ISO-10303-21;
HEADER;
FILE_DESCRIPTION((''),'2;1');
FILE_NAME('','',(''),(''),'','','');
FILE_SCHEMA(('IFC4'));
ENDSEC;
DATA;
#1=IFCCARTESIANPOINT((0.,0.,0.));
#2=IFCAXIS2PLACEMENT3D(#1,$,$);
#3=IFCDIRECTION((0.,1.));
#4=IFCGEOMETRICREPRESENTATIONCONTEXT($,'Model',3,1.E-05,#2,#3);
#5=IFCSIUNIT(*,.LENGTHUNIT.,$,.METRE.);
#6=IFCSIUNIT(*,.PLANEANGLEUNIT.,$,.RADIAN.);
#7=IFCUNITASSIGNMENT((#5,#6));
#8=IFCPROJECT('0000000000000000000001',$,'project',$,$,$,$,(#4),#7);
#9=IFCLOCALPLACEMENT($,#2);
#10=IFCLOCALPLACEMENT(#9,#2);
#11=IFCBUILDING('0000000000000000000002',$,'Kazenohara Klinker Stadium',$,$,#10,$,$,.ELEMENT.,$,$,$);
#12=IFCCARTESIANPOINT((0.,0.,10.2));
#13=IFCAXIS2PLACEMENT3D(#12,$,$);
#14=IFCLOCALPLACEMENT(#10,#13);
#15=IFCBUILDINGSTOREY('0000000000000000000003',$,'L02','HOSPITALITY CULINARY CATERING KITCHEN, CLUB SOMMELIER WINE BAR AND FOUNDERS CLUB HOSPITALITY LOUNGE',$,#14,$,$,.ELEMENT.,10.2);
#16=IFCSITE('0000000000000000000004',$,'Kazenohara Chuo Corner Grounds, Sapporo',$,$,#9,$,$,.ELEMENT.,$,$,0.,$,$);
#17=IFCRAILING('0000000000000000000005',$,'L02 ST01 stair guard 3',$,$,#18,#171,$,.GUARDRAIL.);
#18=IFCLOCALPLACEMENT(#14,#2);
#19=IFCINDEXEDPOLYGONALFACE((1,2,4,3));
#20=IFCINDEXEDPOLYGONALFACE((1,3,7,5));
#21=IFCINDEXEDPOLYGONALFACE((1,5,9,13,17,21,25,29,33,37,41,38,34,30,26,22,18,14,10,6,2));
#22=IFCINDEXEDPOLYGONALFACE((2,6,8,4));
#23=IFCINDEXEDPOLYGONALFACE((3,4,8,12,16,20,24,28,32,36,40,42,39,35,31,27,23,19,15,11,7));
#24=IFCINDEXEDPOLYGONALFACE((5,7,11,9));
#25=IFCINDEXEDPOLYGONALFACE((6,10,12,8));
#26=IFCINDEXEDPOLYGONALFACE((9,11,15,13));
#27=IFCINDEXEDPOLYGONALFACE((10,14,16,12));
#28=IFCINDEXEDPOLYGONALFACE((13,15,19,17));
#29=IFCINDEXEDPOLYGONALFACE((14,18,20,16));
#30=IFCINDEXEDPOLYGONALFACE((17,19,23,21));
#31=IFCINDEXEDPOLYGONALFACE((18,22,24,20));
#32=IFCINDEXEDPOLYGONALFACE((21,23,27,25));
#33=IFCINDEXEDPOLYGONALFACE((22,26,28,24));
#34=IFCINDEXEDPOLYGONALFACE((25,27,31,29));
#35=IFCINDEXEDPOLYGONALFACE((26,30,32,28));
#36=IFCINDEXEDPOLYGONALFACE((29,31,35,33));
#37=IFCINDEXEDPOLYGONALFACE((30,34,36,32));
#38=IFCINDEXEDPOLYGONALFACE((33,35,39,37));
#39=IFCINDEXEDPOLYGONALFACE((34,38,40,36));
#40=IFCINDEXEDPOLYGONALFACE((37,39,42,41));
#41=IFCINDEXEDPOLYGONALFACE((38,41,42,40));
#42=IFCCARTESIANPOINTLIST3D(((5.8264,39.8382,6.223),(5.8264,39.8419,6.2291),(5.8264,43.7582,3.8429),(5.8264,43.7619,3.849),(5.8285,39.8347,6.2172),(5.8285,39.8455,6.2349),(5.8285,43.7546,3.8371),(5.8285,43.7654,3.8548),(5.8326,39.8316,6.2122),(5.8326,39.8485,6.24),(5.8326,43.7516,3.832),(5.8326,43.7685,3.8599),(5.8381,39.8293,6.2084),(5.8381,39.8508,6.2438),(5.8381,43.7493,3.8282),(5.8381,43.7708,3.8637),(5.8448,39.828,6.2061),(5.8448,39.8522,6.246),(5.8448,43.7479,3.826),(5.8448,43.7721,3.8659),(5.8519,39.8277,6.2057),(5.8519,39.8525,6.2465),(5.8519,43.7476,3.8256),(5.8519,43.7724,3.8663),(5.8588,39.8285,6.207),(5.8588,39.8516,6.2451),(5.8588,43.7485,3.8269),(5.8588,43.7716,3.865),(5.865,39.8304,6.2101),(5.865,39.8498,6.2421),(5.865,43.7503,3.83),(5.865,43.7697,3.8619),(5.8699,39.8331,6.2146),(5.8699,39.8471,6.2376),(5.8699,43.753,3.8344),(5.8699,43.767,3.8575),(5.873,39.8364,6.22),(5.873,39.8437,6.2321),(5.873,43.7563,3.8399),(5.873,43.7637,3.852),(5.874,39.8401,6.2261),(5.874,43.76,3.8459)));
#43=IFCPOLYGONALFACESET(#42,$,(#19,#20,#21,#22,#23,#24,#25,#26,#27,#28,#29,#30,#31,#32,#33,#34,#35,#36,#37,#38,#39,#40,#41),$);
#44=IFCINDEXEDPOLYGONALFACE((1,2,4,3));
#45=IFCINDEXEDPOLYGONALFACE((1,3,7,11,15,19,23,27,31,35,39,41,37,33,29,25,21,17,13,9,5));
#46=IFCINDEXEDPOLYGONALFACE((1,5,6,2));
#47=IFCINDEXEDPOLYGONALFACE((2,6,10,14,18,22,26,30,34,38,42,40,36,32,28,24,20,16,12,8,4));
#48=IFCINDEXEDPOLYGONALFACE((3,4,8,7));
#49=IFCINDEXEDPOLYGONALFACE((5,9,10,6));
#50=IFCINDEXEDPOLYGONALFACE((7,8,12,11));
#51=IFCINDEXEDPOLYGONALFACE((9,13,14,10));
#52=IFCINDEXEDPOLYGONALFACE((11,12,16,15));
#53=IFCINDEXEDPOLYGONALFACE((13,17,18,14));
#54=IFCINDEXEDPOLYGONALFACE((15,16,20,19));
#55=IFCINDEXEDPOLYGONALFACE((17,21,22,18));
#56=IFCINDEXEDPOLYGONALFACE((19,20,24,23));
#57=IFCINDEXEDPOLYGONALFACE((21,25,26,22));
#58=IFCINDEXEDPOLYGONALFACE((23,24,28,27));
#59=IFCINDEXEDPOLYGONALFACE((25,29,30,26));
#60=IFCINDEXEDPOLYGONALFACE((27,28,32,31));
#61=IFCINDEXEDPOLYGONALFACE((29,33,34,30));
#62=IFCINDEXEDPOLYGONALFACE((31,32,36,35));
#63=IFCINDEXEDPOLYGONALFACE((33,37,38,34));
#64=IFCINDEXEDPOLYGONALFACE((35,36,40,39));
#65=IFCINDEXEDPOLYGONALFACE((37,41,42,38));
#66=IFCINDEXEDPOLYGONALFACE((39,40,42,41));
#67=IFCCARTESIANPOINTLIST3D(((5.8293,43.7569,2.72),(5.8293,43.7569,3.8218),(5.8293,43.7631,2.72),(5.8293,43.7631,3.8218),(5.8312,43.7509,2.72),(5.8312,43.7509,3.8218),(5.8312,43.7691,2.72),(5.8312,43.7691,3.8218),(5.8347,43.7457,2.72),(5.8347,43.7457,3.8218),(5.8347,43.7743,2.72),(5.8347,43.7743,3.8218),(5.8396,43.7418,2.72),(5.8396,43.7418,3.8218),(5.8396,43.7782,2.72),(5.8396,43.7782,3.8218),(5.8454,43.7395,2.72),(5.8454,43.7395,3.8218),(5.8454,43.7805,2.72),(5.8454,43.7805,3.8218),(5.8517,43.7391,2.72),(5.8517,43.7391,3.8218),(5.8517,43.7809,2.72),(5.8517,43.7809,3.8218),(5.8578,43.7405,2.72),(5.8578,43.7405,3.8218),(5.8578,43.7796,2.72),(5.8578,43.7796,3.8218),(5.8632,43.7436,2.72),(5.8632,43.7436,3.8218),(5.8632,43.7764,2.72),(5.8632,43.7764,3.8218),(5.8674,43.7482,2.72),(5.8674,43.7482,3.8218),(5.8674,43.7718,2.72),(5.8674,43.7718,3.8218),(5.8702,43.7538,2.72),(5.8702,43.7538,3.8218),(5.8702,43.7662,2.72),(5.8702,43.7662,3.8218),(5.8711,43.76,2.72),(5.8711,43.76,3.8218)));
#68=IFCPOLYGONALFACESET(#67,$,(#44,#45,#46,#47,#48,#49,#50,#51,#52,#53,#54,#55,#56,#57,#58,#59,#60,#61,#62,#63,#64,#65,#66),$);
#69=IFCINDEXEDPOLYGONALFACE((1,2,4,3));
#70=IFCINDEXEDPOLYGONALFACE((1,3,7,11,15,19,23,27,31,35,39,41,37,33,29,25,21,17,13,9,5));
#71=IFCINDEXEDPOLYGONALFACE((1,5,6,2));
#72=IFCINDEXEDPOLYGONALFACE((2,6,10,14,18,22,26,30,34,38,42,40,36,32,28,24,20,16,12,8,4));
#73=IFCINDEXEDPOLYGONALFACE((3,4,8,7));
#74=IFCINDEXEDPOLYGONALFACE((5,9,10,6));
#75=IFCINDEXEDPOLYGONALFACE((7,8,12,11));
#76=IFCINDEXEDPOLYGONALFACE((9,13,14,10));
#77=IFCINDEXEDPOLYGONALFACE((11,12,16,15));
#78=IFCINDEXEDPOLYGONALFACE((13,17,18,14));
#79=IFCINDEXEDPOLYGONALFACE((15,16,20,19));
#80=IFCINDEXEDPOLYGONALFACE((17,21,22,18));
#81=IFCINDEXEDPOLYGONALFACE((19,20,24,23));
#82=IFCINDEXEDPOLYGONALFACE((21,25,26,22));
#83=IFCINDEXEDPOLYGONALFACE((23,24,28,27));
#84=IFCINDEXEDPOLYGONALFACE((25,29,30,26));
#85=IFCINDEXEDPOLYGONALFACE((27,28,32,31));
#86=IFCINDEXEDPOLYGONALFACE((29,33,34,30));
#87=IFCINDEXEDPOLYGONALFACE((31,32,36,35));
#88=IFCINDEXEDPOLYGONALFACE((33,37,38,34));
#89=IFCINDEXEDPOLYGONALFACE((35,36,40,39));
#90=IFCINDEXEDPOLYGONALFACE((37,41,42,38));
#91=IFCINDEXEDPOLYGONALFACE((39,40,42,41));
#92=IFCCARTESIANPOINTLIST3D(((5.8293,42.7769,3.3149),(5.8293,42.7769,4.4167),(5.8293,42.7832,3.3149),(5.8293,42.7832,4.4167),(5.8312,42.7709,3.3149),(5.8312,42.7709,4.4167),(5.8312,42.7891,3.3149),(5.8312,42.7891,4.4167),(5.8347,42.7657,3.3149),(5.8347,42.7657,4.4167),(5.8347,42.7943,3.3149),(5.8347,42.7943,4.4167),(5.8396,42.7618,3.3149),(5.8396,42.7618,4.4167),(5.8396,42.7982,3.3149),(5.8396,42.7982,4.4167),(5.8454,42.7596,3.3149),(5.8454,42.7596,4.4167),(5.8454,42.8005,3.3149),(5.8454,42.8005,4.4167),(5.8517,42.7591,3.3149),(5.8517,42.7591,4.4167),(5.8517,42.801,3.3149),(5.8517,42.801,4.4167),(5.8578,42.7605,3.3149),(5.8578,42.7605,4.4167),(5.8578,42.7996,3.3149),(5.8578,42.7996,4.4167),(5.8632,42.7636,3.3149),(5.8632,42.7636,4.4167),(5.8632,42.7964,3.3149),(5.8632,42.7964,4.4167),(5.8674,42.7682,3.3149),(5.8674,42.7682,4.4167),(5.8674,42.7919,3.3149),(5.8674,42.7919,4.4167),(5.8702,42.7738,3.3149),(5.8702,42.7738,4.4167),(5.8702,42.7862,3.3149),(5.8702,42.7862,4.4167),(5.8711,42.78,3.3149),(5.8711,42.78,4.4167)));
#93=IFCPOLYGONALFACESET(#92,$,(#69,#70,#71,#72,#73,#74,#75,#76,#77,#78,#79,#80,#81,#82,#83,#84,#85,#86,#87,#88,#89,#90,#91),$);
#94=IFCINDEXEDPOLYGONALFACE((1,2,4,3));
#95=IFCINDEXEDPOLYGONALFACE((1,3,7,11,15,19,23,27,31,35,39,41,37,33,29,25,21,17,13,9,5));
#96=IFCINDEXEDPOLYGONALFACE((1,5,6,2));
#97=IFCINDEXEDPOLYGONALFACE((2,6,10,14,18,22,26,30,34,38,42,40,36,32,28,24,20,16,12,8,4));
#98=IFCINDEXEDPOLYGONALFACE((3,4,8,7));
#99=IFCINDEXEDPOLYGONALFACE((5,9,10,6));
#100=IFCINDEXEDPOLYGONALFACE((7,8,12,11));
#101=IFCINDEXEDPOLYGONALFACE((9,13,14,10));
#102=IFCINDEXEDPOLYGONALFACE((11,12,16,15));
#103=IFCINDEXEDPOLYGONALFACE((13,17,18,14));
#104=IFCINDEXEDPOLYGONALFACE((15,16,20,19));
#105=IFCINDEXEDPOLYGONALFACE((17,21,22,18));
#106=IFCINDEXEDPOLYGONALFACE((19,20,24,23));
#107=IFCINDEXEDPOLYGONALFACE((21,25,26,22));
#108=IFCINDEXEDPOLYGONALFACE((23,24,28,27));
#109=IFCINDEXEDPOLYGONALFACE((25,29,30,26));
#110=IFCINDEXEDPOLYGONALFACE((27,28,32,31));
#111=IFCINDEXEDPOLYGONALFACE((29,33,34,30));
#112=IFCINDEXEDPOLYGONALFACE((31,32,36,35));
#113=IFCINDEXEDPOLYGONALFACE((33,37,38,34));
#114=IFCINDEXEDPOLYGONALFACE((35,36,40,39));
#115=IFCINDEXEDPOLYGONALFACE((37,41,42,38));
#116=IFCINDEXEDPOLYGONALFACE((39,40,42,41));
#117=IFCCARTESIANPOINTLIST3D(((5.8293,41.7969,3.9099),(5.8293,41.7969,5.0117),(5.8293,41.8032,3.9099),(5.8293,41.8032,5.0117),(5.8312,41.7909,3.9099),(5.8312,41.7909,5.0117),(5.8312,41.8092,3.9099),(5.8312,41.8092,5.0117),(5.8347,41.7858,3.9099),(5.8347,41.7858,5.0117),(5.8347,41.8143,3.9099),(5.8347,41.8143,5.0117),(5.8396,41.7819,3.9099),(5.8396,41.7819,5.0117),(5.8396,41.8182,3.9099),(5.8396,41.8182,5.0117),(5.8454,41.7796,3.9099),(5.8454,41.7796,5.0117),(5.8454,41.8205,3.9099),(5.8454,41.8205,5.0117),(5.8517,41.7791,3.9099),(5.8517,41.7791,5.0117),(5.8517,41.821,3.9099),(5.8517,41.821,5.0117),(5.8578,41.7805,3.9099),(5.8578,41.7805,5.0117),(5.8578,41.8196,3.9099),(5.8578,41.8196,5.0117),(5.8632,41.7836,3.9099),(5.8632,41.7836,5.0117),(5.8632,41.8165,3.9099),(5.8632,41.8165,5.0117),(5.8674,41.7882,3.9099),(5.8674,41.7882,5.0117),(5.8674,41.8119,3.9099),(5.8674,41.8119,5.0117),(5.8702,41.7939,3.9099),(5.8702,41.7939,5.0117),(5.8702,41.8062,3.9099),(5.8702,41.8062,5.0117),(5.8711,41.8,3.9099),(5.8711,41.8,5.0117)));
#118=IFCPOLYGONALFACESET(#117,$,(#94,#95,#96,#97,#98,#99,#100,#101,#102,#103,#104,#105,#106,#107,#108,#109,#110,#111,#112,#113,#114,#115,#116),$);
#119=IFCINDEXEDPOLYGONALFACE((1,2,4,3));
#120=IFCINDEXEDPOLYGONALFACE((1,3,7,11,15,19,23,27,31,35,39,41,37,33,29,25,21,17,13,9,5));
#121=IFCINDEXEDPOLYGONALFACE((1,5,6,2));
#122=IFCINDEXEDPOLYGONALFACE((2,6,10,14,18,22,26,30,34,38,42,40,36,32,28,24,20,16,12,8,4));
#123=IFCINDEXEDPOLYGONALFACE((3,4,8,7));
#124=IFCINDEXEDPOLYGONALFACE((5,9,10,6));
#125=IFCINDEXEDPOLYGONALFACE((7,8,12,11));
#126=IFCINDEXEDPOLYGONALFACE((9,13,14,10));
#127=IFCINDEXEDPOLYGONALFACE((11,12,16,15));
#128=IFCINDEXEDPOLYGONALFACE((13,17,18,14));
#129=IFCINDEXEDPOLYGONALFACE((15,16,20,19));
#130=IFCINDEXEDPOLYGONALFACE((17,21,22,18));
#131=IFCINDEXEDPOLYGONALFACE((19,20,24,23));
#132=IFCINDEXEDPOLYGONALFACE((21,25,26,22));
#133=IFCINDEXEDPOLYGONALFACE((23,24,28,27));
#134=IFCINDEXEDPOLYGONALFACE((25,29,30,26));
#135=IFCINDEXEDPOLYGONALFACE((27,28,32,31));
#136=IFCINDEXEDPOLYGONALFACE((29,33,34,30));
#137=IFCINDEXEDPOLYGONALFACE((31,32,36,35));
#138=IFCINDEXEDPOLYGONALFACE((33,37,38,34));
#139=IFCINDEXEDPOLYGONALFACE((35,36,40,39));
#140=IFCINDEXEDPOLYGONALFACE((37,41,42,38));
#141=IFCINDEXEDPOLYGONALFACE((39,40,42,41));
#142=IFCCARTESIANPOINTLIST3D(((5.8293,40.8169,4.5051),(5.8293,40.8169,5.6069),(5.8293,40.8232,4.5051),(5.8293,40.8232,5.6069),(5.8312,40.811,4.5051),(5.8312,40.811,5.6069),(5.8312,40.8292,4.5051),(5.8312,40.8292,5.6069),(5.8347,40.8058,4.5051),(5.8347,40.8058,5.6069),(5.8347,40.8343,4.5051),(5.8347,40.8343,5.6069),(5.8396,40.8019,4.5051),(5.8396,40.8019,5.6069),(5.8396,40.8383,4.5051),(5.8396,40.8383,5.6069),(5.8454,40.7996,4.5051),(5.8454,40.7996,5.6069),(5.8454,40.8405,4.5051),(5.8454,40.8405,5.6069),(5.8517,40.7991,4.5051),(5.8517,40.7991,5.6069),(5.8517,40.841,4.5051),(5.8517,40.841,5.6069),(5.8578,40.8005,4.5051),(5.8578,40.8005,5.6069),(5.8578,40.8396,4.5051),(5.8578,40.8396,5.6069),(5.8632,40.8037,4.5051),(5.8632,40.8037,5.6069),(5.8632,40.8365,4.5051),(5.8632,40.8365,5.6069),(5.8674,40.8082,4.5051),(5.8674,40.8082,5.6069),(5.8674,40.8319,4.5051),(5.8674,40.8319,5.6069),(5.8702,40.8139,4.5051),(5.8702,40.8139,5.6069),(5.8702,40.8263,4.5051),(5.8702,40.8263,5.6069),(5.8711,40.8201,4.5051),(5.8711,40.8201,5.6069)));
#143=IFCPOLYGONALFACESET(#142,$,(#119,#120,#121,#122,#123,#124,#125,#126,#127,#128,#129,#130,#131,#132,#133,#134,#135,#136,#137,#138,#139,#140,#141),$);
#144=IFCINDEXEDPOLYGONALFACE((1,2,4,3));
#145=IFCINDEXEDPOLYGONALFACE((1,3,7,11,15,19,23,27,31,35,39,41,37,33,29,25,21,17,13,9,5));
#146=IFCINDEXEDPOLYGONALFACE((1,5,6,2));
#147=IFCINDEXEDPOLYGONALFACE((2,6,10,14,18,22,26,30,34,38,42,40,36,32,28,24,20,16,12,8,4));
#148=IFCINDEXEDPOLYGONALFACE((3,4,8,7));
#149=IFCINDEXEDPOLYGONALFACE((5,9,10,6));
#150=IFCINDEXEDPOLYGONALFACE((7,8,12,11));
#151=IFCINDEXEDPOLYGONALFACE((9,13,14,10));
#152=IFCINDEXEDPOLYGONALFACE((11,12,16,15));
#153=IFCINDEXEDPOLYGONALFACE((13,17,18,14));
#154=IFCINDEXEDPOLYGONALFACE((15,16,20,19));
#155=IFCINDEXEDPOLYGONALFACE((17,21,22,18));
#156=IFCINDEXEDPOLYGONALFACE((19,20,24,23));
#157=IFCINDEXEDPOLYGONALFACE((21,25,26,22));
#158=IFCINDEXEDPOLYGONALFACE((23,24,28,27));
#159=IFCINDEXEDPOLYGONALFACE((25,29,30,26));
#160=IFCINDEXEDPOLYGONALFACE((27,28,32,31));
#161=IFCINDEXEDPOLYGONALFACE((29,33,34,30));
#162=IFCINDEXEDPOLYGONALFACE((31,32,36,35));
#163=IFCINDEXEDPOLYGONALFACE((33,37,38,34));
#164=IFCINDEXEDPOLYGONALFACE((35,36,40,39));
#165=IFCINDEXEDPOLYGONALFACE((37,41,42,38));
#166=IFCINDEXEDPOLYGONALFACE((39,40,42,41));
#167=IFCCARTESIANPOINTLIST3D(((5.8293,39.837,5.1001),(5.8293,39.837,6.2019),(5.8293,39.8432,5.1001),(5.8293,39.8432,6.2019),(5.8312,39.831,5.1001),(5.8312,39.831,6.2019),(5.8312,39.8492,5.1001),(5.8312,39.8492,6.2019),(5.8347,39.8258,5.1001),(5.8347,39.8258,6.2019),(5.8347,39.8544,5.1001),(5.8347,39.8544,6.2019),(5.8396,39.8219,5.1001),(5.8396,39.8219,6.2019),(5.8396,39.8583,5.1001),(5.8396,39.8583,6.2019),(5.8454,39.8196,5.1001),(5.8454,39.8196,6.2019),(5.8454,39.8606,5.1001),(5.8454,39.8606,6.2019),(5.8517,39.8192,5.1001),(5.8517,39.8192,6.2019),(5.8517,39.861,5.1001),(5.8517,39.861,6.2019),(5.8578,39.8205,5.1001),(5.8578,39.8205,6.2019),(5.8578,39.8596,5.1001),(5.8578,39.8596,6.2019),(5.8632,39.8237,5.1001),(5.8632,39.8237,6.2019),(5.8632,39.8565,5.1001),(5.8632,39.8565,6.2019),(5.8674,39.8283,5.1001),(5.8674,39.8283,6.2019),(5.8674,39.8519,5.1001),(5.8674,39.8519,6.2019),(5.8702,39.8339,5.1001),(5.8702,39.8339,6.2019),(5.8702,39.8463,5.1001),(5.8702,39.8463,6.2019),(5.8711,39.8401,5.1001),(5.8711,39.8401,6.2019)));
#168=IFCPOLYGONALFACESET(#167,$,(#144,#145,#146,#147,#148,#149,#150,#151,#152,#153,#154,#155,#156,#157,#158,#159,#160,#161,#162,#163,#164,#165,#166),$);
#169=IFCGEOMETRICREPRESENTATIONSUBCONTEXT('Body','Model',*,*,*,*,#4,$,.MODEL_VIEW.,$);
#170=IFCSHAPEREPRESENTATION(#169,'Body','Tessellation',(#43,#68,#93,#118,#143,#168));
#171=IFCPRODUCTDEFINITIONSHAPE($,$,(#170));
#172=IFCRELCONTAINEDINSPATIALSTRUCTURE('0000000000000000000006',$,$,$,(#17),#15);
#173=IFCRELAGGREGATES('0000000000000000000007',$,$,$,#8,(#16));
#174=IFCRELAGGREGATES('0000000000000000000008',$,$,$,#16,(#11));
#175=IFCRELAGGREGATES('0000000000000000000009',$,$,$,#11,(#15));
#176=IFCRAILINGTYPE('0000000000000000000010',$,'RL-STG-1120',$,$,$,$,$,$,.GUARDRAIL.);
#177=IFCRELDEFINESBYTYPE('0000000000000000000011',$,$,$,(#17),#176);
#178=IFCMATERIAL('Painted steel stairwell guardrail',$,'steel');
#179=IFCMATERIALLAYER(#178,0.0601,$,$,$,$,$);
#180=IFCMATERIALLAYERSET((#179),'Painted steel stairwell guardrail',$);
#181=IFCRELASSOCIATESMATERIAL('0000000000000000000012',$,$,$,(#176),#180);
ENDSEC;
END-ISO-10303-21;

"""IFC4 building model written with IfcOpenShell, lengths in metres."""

from ifc_helpers import new_model, si_unit, direction, frame, origin, origin_2d, place, context, subcontext, project, spatial, circle, extrude, material, layer, layer_set, type_object, element, save


model = new_model("IFC4")

# Units and contexts
model_context = context("Model", 3, precision=1e-05, world=origin(), true_north=direction((0.0, 1.0)))
body_context = subcontext(model_context, "Body", "Model", "MODEL_VIEW")
ifc_project = project(units=[si_unit("LENGTHUNIT", "METRE"), si_unit("PLANEANGLEUNIT", "RADIAN")], contexts=[model_context])

# Site, building, storey
site_placement = place(None, origin())
site = spatial("IfcSite", under=ifc_project, at=site_placement, Name="Kazenohara Chuo Corner Grounds, Sapporo", CompositionType="ELEMENT", RefElevation=0.0)
building_placement = place(site_placement, origin())
building = spatial("IfcBuilding", under=site, at=building_placement, Name="Kazenohara Klinker Stadium", CompositionType="ELEMENT")
storey_placement = place(building_placement, frame((0.0, 0.0, 10.2)))
storey = spatial("IfcBuildingStorey", under=building, at=storey_placement, Name="L02", Description="HOSPITALITY CULINARY CATERING KITCHEN, CLUB SOMMELIER WINE BAR AND FOUNDERS CLUB HOSPITALITY LOUNGE", CompositionType="ELEMENT", Elevation=10.2)

# Railing
ifc_material_1 = material(Name="Painted steel stairwell guardrail", Category="steel")
ifc_layer_1 = layer(ifc_material_1, 0.0601)
ifc_layer_set_1 = layer_set([ifc_layer_1], Name="Painted steel stairwell guardrail")
railing_type_1 = type_object("IfcRailingType", Name="RL-STG-1120", PredefinedType="GUARDRAIL", material=ifc_layer_set_1)
railing_1_placement = place(storey_placement, frame((5.8501, 43.76, 2.72)))
element("IfcRailing", 1, at=railing_1_placement, inside=storey, type_object=railing_type_1, Name="L02 ST01 stair guard 3", PredefinedType="GUARDRAIL", context=body_context, shape_type="SweptSolid", body=[
    extrude(circle(Radius=0.0239, at=origin_2d()), frame((0.0, 0.0, 1.126), z_axis=(0.0, -0.854771, 0.519006), x_axis=(1.0, 0.0, 0.0)), (0.0, 0.0, 1.0), 4.5859),
    extrude(circle(Radius=0.021, at=origin_2d()), origin(), (0.0, 0.0, 1.0), 1.1018),
    extrude(circle(Radius=0.021, at=origin_2d()), frame((0.0, -0.98, 0.595)), (0.0, 0.0, 1.0), 1.1018),
    extrude(circle(Radius=0.021, at=origin_2d()), frame((0.0, -1.96, 1.1899)), (0.0, 0.0, 1.0), 1.1018),
    extrude(circle(Radius=0.021, at=origin_2d()), frame((0.0, -2.9399, 1.7852)), (0.0, 0.0, 1.0), 1.1018),
    extrude(circle(Radius=0.021, at=origin_2d()), frame((0.0, -3.9199, 2.3801)), (0.0, 0.0, 1.0), 1.1018),
])

save(model, "model.ifc")
